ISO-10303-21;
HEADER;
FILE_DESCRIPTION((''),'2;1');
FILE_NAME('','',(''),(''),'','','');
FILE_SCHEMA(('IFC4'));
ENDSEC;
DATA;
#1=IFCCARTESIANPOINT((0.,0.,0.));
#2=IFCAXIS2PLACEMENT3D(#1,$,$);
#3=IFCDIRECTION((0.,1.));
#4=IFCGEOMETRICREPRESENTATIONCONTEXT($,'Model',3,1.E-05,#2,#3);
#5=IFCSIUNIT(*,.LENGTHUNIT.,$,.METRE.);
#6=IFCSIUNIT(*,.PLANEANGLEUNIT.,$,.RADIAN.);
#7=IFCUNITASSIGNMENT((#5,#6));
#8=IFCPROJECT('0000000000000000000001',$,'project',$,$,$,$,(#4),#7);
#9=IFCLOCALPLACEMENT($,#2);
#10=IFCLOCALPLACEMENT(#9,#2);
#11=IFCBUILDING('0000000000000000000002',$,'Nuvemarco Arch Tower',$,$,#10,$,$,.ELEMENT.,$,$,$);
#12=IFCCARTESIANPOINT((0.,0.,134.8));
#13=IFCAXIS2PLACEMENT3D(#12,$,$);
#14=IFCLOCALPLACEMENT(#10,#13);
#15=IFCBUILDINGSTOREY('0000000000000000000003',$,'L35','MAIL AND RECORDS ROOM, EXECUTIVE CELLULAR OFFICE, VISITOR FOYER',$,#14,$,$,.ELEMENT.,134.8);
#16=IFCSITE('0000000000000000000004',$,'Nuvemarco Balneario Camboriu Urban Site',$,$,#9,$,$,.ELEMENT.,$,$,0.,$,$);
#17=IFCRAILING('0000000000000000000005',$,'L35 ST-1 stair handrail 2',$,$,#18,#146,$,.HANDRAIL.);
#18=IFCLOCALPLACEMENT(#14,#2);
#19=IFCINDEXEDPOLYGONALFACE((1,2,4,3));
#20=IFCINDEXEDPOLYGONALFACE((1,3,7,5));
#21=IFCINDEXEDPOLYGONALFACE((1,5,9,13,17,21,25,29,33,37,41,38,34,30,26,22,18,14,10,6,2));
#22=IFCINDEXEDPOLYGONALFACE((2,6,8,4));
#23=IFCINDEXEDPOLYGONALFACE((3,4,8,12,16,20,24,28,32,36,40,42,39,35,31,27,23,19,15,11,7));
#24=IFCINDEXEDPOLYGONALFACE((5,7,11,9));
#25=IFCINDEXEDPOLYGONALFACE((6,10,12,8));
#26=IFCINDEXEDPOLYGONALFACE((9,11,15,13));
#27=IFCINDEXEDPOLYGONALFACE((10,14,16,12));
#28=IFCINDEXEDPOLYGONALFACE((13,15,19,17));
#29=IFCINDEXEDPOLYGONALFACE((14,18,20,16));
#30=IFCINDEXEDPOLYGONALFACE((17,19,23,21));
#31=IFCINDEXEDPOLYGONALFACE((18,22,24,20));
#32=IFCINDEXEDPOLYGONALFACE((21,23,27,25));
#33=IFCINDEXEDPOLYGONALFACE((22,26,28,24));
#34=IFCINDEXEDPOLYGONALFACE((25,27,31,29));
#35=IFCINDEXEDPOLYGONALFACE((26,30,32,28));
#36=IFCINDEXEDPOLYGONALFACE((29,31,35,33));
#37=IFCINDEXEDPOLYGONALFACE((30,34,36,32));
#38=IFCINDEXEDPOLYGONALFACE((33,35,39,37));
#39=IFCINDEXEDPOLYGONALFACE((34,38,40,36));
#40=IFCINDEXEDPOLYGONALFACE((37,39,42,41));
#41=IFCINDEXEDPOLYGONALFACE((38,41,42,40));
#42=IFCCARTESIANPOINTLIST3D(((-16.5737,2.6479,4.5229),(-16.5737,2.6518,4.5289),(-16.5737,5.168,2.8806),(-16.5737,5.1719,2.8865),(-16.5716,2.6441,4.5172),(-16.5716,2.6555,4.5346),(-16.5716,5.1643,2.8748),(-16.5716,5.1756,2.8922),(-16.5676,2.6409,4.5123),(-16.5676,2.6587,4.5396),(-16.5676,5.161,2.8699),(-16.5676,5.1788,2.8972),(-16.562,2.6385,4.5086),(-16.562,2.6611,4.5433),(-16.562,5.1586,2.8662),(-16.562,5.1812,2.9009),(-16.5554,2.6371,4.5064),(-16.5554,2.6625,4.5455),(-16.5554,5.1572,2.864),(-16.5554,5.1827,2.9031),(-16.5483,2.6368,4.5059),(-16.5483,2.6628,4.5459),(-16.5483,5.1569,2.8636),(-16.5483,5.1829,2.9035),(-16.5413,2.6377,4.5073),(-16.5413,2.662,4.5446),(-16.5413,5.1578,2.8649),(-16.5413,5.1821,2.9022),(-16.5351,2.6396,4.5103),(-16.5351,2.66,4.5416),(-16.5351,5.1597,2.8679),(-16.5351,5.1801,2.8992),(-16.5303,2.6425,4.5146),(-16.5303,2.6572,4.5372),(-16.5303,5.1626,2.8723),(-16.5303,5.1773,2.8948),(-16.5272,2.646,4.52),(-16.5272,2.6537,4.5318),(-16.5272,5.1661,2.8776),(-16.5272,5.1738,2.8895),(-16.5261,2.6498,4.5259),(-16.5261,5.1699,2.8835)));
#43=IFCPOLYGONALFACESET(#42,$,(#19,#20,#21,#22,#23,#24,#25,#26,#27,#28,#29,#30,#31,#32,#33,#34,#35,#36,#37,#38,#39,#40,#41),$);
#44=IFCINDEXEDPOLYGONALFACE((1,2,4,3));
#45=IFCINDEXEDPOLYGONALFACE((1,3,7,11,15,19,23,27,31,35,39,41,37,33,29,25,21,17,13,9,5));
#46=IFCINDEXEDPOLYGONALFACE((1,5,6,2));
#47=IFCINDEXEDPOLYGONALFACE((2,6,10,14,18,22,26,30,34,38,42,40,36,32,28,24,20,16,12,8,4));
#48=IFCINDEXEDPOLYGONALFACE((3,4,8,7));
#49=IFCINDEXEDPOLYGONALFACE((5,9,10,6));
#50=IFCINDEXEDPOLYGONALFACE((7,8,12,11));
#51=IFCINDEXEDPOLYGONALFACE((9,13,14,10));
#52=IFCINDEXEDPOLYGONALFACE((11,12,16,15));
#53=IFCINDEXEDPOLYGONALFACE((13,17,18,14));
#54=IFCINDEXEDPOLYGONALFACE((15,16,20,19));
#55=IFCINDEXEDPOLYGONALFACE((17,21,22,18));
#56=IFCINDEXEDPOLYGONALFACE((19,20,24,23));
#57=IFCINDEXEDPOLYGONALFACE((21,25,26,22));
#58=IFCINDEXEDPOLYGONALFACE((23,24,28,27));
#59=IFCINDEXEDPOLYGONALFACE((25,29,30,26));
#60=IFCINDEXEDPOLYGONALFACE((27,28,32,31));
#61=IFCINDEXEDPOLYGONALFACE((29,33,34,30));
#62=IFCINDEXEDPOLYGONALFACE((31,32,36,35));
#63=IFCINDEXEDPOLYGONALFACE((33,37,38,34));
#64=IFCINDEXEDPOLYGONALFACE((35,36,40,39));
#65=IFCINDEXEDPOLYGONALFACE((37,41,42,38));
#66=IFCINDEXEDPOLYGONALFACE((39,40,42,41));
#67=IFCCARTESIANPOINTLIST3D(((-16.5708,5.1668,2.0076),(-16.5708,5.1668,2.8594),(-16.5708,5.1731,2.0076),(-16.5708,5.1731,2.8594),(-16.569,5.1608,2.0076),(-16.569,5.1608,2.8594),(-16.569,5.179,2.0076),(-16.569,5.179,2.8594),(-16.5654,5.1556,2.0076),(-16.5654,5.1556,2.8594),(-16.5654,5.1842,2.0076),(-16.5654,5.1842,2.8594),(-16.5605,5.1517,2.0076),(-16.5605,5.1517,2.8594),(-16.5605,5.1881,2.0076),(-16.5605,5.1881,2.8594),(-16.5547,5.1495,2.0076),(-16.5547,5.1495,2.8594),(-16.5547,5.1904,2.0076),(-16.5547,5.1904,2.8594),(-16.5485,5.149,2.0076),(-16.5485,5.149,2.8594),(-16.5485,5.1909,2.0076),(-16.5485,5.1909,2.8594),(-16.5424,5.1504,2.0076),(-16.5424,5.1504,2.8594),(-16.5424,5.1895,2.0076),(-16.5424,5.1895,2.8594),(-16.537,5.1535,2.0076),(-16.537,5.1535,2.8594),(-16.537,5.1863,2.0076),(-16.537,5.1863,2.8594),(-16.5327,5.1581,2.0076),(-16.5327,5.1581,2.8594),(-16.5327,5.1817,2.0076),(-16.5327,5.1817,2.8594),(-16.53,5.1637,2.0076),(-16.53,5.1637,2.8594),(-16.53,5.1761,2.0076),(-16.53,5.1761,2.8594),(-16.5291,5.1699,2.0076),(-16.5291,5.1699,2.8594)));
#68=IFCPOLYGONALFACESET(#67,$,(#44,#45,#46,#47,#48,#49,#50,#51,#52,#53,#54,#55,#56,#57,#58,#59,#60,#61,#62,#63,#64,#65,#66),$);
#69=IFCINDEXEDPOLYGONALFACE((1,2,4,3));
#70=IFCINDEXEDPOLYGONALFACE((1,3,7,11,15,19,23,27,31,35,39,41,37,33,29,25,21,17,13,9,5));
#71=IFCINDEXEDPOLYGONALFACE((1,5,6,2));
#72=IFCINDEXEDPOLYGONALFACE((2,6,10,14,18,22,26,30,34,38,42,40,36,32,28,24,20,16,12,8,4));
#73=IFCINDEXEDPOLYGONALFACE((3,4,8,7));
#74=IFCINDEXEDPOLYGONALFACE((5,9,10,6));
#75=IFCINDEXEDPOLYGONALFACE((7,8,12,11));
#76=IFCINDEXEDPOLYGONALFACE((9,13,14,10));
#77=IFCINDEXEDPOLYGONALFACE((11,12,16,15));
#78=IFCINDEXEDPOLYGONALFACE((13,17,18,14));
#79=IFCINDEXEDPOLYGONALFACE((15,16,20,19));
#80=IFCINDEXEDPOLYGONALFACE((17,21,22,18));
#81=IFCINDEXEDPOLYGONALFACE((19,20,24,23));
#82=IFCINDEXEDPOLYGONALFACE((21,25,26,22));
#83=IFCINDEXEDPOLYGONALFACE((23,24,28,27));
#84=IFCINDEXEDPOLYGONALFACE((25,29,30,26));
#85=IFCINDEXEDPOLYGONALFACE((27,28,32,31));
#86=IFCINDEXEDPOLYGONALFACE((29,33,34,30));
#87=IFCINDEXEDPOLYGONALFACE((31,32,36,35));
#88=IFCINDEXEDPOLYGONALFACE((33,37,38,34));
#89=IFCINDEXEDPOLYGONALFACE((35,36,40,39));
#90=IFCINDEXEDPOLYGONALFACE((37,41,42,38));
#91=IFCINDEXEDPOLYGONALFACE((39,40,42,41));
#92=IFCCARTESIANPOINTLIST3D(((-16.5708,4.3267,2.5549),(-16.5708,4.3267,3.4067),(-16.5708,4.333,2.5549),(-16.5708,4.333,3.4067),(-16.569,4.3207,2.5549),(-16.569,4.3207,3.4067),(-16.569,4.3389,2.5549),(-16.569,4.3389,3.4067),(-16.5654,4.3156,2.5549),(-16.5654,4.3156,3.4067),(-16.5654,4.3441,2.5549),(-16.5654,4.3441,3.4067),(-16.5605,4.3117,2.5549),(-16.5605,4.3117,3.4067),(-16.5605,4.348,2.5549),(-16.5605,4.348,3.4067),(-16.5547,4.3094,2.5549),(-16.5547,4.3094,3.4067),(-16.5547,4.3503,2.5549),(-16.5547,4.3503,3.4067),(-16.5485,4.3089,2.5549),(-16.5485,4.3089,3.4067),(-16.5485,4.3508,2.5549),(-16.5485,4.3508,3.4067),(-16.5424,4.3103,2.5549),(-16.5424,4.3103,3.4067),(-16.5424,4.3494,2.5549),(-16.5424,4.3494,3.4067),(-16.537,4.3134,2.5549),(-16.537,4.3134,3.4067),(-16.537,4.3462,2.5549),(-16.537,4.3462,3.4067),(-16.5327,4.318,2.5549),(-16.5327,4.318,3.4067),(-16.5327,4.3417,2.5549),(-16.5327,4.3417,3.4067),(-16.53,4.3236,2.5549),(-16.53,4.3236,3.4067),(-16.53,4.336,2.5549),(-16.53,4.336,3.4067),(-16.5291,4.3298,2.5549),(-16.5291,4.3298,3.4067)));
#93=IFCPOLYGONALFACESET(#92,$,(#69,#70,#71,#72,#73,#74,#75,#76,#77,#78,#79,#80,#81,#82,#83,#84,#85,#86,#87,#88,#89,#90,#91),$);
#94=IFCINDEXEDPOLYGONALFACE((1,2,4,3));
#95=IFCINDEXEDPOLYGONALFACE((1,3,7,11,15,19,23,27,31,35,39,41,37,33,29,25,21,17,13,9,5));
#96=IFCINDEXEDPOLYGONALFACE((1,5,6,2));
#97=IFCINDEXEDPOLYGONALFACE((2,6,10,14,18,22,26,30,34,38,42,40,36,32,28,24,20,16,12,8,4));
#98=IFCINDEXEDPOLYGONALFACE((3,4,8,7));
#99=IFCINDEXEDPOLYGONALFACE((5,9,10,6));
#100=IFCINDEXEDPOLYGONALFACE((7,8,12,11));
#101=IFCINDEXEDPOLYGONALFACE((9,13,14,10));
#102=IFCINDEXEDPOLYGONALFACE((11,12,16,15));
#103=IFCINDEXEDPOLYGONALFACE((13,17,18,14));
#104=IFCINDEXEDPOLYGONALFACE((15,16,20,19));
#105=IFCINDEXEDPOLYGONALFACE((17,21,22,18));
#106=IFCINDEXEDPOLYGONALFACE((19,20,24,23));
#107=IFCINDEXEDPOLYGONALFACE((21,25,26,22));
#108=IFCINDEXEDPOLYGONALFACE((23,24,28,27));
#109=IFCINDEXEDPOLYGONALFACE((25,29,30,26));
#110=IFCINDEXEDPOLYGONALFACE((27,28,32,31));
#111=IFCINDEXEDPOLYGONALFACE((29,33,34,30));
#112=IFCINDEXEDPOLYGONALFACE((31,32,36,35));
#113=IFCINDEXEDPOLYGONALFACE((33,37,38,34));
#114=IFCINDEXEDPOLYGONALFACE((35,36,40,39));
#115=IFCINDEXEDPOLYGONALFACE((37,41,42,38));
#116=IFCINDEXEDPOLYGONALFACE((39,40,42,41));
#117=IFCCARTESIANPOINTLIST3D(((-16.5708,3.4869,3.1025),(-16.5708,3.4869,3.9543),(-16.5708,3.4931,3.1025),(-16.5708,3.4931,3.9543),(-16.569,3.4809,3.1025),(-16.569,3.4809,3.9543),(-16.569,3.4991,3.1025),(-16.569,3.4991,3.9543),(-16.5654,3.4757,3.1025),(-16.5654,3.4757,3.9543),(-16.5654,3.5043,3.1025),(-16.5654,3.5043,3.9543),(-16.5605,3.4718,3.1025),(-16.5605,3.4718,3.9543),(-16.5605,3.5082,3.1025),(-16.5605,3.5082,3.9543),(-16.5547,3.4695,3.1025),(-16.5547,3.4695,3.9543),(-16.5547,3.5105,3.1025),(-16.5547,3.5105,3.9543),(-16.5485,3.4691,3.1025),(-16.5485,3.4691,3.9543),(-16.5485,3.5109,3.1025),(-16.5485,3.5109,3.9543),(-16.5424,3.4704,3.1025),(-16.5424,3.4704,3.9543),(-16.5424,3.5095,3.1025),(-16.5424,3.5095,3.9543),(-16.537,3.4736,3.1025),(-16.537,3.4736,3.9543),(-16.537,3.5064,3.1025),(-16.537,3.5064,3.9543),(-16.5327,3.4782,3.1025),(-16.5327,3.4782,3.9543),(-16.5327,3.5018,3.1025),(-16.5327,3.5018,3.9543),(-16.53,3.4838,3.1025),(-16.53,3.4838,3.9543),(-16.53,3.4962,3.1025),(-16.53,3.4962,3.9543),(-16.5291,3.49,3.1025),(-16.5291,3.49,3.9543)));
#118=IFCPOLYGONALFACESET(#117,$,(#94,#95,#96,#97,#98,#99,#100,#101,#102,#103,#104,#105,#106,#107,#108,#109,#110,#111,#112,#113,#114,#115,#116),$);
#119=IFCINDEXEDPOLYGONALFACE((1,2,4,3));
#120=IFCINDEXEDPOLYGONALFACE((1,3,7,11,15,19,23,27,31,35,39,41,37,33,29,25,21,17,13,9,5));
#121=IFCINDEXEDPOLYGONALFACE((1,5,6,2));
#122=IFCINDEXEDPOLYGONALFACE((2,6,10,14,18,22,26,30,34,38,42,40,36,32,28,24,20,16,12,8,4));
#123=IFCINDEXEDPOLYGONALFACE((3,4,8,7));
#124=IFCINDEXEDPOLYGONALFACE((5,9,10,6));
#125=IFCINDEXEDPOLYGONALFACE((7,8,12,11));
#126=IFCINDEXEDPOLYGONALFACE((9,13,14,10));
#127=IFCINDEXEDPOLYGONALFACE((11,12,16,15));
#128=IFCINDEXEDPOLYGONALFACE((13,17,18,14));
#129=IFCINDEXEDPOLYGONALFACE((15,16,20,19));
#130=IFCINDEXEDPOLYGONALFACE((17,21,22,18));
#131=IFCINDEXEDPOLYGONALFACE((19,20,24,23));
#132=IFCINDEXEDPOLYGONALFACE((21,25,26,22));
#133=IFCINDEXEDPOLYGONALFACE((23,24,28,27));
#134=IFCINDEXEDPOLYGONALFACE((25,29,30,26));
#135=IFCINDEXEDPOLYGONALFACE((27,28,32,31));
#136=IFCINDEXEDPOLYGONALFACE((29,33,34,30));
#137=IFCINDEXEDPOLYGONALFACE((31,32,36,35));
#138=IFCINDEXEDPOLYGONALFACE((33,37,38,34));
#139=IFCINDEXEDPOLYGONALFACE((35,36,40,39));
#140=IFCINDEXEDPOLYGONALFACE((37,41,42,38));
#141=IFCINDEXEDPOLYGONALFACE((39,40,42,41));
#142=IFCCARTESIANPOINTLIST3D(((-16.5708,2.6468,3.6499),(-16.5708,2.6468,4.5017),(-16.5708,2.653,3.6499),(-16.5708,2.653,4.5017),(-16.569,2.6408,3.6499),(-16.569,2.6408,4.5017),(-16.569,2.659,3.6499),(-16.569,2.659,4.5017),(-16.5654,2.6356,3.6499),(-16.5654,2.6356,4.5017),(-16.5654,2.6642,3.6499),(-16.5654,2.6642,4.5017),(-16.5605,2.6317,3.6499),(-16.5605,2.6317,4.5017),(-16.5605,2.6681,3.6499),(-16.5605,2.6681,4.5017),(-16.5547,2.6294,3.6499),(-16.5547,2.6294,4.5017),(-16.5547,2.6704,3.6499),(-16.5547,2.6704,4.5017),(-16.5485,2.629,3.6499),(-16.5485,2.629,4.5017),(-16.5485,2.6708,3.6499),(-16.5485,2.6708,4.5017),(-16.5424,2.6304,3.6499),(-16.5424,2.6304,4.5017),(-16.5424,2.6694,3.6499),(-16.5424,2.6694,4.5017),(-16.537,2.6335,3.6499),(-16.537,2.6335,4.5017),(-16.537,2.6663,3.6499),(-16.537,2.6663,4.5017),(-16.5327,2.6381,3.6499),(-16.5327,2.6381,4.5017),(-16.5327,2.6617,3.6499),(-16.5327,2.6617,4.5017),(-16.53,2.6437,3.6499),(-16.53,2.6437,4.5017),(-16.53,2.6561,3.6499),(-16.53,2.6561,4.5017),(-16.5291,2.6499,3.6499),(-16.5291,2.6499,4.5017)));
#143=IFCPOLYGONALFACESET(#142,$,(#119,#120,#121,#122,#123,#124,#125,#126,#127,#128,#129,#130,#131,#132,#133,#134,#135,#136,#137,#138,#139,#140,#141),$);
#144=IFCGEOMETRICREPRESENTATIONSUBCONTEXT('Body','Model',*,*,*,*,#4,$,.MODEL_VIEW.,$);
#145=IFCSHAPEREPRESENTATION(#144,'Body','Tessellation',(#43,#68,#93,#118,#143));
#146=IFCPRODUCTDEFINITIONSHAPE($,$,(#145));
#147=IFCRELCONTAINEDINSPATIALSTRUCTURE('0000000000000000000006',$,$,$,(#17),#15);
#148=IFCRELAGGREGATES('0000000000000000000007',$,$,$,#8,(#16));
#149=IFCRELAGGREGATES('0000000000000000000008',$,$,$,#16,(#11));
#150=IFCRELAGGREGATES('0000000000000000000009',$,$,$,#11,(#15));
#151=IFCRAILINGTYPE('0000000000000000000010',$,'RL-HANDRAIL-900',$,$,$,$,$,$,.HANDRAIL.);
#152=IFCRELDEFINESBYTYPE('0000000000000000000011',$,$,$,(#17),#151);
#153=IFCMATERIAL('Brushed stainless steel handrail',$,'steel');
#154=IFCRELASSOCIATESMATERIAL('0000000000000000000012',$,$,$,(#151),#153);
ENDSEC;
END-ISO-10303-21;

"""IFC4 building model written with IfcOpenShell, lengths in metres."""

from ifc_helpers import new_model, si_unit, direction, frame, origin, origin_2d, place, context, subcontext, project, spatial, circle, extrude, material, type_object, element, save


model = new_model("IFC4")

# Units and contexts
model_context = context("Model", 3, precision=1e-05, world=origin(), true_north=direction((0.0, 1.0)))
body_context = subcontext(model_context, "Body", "Model", "MODEL_VIEW")
ifc_project = project(units=[si_unit("LENGTHUNIT", "METRE"), si_unit("PLANEANGLEUNIT", "RADIAN")], contexts=[model_context])

# Site, building, storey
site_placement = place(None, origin())
site = spatial("IfcSite", under=ifc_project, at=site_placement, Name="Nuvemarco Balneario Camboriu Urban Site", CompositionType="ELEMENT", RefElevation=0.0)
building_placement = place(site_placement, origin())
building = spatial("IfcBuilding", under=site, at=building_placement, Name="Nuvemarco Arch Tower", CompositionType="ELEMENT")
storey_placement = place(building_placement, frame((0.0, 0.0, 134.8)))
storey = spatial("IfcBuildingStorey", under=building, at=storey_placement, Name="L35", Description="MAIL AND RECORDS ROOM, EXECUTIVE CELLULAR OFFICE, VISITOR FOYER", CompositionType="ELEMENT", Elevation=134.8)

# Railing
ifc_material_1 = material(Name="Brushed stainless steel handrail", Category="steel")
railing_type_1 = type_object("IfcRailingType", Name="RL-HANDRAIL-900", PredefinedType="HANDRAIL", material=ifc_material_1)
railing_1_placement = place(storey_placement, frame((-16.55, 5.1699, 2.0076)))
element("IfcRailing", 1, at=railing_1_placement, inside=storey, type_object=railing_type_1, Name="L35 ST-1 stair handrail 2", PredefinedType="HANDRAIL", context=body_context, shape_type="SweptSolid", body=[
    extrude(circle(Radius=0.0239, at=origin_2d()), frame((0.0, 0.0, 0.876), z_axis=(0.0, -0.837787, 0.545998), x_axis=(1.0, 0.0, 0.0)), (0.0, 0.0, 1.0), 3.0081),
    extrude(circle(Radius=0.021, at=origin_2d()), origin(), (0.0, 0.0, 1.0), 0.8518),
    extrude(circle(Radius=0.021, at=origin_2d()), frame((0.0, -0.8401, 0.5474)), (0.0, 0.0, 1.0), 0.8518),
    extrude(circle(Radius=0.021, at=origin_2d()), frame((0.0, -1.6799, 1.095)), (0.0, 0.0, 1.0), 0.8518),
    extrude(circle(Radius=0.021, at=origin_2d()), frame((0.0, -2.52, 1.6423)), (0.0, 0.0, 1.0), 0.8518),
])

save(model, "model.ifc")
